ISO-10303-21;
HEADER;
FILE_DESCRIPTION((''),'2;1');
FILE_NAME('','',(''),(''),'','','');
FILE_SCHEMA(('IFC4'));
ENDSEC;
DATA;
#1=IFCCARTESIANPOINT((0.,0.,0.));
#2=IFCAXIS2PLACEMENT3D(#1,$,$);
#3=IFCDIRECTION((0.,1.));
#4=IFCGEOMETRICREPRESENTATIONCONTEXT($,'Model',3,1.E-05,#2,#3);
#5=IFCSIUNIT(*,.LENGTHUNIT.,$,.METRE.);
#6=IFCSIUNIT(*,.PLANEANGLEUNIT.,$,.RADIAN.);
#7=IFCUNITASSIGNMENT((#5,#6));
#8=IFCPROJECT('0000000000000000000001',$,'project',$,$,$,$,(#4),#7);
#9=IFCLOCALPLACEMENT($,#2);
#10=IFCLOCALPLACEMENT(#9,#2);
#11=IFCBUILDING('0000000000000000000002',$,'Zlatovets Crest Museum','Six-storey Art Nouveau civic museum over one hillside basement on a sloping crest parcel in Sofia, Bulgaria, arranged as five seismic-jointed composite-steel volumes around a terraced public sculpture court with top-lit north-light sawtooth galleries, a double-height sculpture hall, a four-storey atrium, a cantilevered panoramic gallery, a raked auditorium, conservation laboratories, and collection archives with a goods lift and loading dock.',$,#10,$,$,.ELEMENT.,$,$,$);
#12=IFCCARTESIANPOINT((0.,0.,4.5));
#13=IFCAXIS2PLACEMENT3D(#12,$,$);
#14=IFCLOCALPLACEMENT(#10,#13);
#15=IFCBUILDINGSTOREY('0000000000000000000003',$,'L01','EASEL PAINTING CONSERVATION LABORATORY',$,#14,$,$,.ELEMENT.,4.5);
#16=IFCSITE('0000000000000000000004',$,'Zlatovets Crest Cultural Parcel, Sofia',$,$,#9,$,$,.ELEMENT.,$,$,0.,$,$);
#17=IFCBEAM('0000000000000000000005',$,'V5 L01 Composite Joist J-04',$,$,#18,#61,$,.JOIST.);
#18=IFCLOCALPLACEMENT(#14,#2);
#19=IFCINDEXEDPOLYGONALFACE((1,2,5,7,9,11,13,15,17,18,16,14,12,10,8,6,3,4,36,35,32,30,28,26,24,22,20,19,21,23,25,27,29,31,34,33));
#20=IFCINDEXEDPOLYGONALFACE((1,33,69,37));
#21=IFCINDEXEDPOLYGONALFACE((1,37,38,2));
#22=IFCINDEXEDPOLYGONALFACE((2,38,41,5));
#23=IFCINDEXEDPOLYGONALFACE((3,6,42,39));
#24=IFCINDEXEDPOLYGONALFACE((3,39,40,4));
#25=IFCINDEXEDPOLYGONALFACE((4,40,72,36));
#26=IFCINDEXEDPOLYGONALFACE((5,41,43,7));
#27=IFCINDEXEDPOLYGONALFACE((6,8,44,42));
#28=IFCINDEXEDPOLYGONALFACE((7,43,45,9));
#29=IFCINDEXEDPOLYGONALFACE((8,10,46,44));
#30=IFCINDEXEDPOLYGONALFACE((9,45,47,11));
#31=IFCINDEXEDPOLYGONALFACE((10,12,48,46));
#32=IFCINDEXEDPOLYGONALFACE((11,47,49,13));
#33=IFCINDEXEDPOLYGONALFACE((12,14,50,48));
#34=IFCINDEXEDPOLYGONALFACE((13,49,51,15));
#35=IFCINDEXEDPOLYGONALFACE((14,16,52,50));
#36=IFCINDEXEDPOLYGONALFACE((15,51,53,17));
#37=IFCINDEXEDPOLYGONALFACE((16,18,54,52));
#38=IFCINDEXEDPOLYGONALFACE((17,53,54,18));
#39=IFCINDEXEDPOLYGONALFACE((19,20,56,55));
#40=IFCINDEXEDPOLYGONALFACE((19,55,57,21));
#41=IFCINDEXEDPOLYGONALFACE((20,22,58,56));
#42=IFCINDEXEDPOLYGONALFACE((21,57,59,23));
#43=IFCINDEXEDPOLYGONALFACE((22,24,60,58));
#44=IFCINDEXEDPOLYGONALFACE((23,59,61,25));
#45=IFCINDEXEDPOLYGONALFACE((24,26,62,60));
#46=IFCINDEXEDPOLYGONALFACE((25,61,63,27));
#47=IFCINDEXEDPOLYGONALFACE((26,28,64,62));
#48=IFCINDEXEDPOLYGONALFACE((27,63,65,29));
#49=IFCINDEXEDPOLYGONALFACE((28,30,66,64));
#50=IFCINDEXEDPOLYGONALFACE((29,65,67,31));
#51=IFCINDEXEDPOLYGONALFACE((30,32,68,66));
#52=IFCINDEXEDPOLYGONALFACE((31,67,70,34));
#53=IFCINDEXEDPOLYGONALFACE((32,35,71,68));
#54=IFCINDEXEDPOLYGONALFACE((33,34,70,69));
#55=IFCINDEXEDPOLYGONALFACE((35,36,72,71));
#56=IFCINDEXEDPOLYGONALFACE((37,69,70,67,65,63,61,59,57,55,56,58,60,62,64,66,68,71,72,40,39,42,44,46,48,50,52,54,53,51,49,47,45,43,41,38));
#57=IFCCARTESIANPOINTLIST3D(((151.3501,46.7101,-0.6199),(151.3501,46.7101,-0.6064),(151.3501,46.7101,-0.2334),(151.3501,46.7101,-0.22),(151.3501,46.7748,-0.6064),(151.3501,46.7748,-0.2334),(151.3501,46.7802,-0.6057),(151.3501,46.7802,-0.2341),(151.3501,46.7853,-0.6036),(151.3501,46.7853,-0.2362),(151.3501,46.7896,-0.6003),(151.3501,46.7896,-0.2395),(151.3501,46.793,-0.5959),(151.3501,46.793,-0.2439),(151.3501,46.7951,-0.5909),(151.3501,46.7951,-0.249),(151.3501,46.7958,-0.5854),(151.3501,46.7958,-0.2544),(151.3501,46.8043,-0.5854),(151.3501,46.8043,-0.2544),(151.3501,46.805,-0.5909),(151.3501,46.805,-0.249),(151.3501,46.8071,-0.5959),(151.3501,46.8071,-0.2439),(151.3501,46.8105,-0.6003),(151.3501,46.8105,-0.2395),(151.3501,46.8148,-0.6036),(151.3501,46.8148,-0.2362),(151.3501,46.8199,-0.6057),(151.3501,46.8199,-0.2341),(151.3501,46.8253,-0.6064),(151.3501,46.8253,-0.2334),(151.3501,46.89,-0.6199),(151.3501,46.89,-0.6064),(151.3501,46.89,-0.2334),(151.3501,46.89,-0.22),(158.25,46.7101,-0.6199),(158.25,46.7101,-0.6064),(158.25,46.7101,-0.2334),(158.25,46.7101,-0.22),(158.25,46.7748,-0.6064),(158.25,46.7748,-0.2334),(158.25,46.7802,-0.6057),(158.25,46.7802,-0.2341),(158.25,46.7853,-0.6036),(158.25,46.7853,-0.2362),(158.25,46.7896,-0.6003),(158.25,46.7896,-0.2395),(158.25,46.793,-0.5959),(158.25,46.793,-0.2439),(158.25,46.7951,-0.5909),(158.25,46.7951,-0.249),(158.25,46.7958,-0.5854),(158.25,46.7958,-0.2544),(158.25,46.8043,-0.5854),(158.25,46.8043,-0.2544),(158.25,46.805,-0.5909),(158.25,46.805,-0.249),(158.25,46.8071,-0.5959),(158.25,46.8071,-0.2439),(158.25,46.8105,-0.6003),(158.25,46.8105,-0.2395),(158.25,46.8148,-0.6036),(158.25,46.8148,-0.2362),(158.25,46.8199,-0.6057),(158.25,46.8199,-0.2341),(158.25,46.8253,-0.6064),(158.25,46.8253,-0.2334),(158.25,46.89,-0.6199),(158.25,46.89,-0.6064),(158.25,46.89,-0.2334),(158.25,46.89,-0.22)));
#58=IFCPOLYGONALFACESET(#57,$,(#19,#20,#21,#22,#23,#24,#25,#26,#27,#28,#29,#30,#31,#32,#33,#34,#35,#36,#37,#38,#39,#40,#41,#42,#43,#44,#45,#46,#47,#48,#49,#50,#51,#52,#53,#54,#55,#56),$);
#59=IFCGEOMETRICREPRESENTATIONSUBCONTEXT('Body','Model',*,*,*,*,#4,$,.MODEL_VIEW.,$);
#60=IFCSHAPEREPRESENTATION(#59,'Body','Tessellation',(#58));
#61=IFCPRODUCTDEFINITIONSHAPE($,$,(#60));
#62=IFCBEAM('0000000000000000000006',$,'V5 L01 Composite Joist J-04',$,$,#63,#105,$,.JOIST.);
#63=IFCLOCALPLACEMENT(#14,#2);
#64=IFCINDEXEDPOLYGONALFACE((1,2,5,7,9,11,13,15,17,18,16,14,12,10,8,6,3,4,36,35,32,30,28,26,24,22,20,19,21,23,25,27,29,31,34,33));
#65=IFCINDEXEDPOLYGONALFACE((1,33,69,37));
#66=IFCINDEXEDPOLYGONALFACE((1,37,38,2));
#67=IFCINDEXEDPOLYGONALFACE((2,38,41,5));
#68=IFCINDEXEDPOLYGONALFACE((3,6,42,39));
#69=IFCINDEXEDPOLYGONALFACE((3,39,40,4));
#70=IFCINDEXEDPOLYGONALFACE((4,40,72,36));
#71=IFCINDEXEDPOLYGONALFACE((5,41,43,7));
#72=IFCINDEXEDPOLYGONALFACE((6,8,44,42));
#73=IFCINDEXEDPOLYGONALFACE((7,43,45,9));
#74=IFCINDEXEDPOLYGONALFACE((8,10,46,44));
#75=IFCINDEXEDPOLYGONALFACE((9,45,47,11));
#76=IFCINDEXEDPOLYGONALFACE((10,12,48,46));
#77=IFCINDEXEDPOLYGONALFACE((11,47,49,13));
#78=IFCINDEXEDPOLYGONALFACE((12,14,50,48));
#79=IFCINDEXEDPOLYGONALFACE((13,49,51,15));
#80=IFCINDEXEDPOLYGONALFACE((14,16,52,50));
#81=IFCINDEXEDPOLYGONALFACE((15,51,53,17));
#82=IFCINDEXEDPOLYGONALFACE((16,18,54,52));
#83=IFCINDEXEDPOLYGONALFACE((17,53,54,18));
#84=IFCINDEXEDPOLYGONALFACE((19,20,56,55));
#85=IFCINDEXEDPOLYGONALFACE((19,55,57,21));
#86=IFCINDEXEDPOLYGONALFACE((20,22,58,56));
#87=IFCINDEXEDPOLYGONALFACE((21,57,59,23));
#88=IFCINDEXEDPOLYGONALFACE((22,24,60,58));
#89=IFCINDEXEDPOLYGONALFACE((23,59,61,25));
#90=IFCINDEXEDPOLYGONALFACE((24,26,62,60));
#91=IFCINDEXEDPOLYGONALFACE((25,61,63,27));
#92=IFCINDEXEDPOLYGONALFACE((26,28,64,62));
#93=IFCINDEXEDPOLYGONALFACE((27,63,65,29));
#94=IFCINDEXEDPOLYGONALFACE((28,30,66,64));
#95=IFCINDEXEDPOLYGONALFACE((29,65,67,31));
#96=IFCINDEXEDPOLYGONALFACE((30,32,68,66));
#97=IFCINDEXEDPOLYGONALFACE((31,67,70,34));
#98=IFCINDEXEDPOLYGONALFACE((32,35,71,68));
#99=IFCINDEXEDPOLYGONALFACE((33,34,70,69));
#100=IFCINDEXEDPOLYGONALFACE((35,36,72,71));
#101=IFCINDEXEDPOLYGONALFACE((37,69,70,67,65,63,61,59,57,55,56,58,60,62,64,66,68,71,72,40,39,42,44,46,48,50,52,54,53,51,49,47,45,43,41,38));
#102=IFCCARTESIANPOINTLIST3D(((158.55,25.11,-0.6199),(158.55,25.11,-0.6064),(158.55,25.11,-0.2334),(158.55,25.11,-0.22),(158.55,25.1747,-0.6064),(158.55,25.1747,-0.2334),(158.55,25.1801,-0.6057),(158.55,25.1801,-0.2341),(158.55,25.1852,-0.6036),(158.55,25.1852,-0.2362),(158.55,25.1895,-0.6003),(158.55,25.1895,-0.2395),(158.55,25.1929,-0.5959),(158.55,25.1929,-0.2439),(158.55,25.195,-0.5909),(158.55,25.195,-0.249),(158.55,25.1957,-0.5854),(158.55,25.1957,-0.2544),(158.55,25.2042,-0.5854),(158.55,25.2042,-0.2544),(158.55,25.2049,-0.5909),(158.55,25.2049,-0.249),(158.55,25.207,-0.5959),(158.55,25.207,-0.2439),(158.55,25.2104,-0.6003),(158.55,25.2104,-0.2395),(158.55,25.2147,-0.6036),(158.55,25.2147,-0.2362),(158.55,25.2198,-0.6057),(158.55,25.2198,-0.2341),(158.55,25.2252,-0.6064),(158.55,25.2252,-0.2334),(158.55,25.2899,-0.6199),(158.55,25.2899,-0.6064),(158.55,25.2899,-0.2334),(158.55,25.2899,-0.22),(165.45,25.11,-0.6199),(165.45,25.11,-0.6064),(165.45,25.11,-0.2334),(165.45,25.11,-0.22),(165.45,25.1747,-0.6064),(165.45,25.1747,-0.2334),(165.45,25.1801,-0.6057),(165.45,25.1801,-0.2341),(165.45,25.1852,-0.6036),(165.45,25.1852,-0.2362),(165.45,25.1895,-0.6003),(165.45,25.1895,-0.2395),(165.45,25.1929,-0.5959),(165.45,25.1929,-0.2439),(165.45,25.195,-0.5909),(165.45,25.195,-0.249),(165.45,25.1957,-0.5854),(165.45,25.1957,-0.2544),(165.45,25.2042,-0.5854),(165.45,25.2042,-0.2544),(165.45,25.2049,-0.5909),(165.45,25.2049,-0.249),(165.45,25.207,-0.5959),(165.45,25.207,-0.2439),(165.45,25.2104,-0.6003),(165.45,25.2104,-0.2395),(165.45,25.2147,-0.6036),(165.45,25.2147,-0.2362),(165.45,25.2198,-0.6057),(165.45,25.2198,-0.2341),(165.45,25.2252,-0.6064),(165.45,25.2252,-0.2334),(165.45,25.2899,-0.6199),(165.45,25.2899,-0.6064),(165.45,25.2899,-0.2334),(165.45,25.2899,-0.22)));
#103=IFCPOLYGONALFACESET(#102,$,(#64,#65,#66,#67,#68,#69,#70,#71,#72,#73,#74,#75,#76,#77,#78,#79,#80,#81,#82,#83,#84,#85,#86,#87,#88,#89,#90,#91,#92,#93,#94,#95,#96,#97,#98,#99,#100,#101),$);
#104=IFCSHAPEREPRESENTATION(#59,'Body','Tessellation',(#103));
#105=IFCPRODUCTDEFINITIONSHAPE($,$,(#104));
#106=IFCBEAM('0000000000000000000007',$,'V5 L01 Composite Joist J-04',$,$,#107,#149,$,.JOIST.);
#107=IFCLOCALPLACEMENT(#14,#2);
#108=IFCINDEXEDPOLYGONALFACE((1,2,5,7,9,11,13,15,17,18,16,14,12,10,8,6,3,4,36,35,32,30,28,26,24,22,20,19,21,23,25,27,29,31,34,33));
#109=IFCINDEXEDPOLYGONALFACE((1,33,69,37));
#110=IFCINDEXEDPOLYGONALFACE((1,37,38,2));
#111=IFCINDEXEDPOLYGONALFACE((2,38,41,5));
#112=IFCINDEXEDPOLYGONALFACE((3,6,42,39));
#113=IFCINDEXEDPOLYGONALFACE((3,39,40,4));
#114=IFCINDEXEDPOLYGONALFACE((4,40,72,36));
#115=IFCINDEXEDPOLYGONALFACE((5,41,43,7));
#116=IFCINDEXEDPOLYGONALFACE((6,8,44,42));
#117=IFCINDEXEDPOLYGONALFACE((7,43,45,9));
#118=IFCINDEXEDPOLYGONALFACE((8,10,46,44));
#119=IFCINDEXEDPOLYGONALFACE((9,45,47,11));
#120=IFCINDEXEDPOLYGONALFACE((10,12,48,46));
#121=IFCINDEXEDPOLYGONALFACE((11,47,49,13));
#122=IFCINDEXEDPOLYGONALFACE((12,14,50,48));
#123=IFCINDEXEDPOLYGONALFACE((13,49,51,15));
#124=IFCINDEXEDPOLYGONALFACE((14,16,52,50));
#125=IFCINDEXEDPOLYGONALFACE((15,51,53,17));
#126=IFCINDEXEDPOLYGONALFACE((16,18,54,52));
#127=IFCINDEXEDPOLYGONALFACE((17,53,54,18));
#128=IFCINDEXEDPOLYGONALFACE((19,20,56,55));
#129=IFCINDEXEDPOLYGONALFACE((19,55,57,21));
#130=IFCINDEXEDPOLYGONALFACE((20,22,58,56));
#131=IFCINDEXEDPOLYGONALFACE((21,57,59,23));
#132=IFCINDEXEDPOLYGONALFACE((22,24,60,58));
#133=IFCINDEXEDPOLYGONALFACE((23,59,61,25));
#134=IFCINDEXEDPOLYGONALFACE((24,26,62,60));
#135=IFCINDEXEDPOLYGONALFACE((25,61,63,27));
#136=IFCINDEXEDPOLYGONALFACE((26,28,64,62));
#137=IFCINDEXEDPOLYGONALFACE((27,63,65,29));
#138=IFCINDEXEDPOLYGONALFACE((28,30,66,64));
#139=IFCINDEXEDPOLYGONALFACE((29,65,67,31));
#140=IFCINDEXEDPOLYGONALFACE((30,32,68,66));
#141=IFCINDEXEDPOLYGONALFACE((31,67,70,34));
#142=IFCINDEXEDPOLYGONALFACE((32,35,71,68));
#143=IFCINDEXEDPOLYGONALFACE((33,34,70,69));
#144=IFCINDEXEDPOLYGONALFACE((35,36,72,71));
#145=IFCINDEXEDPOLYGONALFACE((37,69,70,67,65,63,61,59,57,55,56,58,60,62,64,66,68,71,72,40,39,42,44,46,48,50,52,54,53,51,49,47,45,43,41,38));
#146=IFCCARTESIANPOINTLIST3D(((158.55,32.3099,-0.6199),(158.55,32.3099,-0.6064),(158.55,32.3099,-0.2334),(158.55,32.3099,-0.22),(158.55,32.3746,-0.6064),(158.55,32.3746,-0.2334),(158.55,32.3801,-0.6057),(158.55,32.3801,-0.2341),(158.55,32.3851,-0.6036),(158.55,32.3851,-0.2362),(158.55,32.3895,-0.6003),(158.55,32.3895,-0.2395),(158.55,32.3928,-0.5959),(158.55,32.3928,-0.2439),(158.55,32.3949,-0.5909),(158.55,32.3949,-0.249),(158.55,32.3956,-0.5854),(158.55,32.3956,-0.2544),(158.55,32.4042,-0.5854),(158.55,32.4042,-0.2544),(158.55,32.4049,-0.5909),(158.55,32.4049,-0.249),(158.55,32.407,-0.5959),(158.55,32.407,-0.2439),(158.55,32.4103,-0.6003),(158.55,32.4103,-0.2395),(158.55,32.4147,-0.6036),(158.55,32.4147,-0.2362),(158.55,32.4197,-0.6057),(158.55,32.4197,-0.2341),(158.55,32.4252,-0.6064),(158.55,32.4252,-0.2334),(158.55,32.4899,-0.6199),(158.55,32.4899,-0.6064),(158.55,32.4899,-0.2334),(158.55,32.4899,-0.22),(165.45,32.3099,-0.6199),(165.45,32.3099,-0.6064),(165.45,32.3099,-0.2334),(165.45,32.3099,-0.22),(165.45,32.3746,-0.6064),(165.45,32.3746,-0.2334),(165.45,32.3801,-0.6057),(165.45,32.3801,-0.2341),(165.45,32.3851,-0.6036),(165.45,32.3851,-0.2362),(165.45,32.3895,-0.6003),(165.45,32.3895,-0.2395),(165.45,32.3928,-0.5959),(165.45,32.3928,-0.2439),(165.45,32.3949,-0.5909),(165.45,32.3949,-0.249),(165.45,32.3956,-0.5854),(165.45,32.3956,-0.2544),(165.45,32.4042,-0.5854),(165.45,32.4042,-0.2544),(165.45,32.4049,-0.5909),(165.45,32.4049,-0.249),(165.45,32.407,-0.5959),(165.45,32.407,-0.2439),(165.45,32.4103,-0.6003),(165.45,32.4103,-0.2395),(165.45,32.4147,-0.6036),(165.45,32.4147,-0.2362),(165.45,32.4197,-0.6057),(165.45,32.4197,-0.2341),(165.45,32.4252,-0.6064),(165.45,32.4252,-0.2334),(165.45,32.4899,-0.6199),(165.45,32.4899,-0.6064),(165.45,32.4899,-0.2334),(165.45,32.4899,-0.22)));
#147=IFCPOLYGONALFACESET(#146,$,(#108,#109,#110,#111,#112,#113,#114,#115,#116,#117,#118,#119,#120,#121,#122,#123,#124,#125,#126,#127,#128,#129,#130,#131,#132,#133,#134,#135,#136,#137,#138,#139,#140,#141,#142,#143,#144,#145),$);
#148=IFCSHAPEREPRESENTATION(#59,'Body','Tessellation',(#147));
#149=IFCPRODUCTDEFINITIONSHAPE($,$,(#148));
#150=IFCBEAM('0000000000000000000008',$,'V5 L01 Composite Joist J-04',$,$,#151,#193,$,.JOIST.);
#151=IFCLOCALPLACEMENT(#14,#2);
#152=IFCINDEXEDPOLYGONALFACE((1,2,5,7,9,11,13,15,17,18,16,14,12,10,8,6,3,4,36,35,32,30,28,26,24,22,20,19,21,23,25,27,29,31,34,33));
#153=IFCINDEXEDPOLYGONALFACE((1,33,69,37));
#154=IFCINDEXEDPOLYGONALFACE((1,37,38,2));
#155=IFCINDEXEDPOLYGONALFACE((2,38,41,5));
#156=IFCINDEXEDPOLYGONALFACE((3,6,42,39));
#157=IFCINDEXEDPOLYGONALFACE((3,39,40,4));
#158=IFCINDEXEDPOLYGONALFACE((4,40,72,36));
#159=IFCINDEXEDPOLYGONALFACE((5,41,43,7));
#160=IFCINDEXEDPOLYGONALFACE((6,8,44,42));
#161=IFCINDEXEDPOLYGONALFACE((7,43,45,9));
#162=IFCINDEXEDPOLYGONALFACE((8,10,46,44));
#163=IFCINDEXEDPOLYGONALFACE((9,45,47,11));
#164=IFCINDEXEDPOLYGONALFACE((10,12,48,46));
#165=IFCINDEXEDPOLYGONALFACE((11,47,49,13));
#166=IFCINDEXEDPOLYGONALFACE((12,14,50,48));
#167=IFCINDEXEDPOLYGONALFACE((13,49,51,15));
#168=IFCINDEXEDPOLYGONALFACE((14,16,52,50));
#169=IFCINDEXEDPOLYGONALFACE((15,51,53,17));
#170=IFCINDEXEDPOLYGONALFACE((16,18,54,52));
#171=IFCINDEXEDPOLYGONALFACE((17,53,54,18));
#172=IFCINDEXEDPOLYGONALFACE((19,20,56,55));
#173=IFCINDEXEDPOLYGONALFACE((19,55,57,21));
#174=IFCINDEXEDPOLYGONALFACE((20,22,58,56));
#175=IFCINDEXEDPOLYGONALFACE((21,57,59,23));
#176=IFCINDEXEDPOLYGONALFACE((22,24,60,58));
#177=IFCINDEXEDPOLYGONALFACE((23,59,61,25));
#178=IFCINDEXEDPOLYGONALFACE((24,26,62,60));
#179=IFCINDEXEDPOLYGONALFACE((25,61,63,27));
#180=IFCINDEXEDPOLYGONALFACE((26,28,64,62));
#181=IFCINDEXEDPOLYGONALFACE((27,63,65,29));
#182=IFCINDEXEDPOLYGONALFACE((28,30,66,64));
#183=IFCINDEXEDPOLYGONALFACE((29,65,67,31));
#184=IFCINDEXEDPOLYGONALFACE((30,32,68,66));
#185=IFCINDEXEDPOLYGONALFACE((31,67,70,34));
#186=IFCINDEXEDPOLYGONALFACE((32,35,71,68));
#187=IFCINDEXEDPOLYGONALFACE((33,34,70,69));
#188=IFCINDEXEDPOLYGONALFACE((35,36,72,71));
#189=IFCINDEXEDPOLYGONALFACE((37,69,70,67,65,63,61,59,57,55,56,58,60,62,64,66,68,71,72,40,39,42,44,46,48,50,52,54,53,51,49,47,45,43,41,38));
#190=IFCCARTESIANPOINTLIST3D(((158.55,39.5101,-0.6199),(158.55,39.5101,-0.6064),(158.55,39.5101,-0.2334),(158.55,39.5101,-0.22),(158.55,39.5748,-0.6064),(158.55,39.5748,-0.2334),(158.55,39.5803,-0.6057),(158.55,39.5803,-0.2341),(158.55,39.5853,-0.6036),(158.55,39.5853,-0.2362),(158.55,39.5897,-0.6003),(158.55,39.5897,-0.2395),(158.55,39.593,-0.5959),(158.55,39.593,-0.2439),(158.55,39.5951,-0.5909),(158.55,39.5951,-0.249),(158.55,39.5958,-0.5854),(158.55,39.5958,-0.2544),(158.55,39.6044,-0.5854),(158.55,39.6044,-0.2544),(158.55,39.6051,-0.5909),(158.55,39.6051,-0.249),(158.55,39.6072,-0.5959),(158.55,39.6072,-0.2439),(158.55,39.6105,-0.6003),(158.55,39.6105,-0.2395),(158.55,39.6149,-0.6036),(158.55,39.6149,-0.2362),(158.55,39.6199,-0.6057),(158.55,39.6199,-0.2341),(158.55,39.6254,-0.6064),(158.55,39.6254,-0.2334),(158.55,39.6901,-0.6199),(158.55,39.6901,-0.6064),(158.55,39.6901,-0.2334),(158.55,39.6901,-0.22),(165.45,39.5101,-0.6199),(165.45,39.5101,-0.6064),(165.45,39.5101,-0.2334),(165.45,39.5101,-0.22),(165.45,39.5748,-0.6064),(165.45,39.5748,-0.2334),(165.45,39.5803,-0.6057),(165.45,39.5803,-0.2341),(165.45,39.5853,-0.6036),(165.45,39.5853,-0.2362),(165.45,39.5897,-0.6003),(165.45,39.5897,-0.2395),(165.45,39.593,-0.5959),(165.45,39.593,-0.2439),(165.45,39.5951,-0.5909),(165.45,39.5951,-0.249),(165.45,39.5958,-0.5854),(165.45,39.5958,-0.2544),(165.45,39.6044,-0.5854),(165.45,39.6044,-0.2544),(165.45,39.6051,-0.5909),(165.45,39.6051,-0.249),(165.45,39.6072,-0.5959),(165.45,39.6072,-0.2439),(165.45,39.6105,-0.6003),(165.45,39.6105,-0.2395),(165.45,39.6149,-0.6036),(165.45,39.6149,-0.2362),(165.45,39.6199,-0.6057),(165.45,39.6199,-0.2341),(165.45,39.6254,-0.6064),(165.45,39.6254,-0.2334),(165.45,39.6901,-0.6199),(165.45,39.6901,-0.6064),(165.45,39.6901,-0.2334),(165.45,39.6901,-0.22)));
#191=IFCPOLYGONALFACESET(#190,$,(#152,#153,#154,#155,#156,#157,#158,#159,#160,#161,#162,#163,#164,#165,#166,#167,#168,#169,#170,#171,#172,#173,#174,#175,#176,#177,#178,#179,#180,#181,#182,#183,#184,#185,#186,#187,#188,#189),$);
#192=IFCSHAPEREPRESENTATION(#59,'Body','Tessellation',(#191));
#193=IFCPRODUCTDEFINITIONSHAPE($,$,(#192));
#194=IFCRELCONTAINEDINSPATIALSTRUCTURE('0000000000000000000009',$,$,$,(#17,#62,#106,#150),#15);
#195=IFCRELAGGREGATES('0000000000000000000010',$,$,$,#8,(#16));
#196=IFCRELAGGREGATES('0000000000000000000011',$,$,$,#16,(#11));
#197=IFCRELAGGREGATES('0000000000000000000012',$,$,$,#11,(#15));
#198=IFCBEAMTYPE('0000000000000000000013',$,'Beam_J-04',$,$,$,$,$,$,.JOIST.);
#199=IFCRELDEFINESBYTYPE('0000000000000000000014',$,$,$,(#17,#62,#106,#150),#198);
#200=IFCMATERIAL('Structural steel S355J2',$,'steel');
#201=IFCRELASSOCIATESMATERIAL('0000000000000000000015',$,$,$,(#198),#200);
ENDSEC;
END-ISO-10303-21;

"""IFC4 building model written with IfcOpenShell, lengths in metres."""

from ifc_helpers import new_model, si_unit, direction, frame, origin, origin_2d, place, context, subcontext, project, spatial, i_section, extrude, material, material_profile, profile_set, type_object, element, save


model = new_model("IFC4")

# Units and contexts
model_context = context("Model", 3, precision=1e-05, world=origin(), true_north=direction((0.0, 1.0)))
body_context = subcontext(model_context, "Body", "Model", "MODEL_VIEW")
ifc_project = project(units=[si_unit("LENGTHUNIT", "METRE"), si_unit("PLANEANGLEUNIT", "RADIAN")], contexts=[model_context])

# Site, building, storey
site_placement = place(None, origin())
site = spatial("IfcSite", under=ifc_project, at=site_placement, Name="Zlatovets Crest Cultural Parcel, Sofia", CompositionType="ELEMENT", RefElevation=0.0)
building_placement = place(site_placement, origin())
building = spatial("IfcBuilding", under=site, at=building_placement, Name="Zlatovets Crest Museum", Description="Six-storey Art Nouveau civic museum over one hillside basement on a sloping crest parcel in Sofia, Bulgaria, arranged as five seismic-jointed composite-steel volumes around a terraced public sculpture court with top-lit north-light sawtooth galleries, a double-height sculpture hall, a four-storey atrium, a cantilevered panoramic gallery, a raked auditorium, conservation laboratories, and collection archives with a goods lift and loading dock.", CompositionType="ELEMENT")
storey_placement = place(building_placement, frame((0.0, 0.0, 4.5)))
storey = spatial("IfcBuildingStorey", under=building, at=storey_placement, Name="L01", Description="EASEL PAINTING CONSERVATION LABORATORY", CompositionType="ELEMENT", Elevation=4.5)

# Shared definitions
ifc_material_1 = material(Name="Structural steel S355J2", Category="steel")

# Beams
ifc_material_profile_1 = material_profile(ifc_material_1, i_section(OverallWidth=0.1799, OverallDepth=0.3999, WebThickness=0.0085, FlangeThickness=0.0134, FilletRadius=0.021, at=origin_2d()), Name="IPE 400")
ifc_profile_set_1 = profile_set([ifc_material_profile_1], Name="Structural steel S355J2")
beam_type_1 = type_object("IfcBeamType", Name="Beam_J-04", PredefinedType="JOIST", material=ifc_profile_set_1)
for number, where, z_axis, x_axis, name in (
    (1, (151.3501, 46.8, -0.4199), (1.0, 0.0, 0.0), (0.0, 1.0, 0.0), "V5 L01 Composite Joist J-04"),
    (2, (158.55, 25.2, -0.4199), (1.0, 0.0, 0.0), (0.0, 1.0, 0.0), "V5 L01 Composite Joist J-04"),
    (3, (158.55, 32.3999, -0.4199), (1.0, 0.0, 0.0), (0.0, 1.0, 0.0), "V5 L01 Composite Joist J-04"),
    (4, (158.55, 39.6001, -0.4199), (1.0, 0.0, 0.0), (0.0, 1.0, 0.0), "V5 L01 Composite Joist J-04"),
):
    element("IfcBeam", number, at=place(storey_placement, frame(where, z_axis=z_axis, x_axis=x_axis)), inside=storey, type_object=beam_type_1, Name=name, PredefinedType="JOIST", context=body_context, shape_type="SweptSolid", body=[
        extrude(i_section(OverallWidth=0.1799, OverallDepth=0.3999, WebThickness=0.0085, FlangeThickness=0.0134, FilletRadius=0.021, at=origin_2d()), origin(), (0.0, 0.0, 1.0), 6.8999),
    ])

save(model, "model.ifc")
